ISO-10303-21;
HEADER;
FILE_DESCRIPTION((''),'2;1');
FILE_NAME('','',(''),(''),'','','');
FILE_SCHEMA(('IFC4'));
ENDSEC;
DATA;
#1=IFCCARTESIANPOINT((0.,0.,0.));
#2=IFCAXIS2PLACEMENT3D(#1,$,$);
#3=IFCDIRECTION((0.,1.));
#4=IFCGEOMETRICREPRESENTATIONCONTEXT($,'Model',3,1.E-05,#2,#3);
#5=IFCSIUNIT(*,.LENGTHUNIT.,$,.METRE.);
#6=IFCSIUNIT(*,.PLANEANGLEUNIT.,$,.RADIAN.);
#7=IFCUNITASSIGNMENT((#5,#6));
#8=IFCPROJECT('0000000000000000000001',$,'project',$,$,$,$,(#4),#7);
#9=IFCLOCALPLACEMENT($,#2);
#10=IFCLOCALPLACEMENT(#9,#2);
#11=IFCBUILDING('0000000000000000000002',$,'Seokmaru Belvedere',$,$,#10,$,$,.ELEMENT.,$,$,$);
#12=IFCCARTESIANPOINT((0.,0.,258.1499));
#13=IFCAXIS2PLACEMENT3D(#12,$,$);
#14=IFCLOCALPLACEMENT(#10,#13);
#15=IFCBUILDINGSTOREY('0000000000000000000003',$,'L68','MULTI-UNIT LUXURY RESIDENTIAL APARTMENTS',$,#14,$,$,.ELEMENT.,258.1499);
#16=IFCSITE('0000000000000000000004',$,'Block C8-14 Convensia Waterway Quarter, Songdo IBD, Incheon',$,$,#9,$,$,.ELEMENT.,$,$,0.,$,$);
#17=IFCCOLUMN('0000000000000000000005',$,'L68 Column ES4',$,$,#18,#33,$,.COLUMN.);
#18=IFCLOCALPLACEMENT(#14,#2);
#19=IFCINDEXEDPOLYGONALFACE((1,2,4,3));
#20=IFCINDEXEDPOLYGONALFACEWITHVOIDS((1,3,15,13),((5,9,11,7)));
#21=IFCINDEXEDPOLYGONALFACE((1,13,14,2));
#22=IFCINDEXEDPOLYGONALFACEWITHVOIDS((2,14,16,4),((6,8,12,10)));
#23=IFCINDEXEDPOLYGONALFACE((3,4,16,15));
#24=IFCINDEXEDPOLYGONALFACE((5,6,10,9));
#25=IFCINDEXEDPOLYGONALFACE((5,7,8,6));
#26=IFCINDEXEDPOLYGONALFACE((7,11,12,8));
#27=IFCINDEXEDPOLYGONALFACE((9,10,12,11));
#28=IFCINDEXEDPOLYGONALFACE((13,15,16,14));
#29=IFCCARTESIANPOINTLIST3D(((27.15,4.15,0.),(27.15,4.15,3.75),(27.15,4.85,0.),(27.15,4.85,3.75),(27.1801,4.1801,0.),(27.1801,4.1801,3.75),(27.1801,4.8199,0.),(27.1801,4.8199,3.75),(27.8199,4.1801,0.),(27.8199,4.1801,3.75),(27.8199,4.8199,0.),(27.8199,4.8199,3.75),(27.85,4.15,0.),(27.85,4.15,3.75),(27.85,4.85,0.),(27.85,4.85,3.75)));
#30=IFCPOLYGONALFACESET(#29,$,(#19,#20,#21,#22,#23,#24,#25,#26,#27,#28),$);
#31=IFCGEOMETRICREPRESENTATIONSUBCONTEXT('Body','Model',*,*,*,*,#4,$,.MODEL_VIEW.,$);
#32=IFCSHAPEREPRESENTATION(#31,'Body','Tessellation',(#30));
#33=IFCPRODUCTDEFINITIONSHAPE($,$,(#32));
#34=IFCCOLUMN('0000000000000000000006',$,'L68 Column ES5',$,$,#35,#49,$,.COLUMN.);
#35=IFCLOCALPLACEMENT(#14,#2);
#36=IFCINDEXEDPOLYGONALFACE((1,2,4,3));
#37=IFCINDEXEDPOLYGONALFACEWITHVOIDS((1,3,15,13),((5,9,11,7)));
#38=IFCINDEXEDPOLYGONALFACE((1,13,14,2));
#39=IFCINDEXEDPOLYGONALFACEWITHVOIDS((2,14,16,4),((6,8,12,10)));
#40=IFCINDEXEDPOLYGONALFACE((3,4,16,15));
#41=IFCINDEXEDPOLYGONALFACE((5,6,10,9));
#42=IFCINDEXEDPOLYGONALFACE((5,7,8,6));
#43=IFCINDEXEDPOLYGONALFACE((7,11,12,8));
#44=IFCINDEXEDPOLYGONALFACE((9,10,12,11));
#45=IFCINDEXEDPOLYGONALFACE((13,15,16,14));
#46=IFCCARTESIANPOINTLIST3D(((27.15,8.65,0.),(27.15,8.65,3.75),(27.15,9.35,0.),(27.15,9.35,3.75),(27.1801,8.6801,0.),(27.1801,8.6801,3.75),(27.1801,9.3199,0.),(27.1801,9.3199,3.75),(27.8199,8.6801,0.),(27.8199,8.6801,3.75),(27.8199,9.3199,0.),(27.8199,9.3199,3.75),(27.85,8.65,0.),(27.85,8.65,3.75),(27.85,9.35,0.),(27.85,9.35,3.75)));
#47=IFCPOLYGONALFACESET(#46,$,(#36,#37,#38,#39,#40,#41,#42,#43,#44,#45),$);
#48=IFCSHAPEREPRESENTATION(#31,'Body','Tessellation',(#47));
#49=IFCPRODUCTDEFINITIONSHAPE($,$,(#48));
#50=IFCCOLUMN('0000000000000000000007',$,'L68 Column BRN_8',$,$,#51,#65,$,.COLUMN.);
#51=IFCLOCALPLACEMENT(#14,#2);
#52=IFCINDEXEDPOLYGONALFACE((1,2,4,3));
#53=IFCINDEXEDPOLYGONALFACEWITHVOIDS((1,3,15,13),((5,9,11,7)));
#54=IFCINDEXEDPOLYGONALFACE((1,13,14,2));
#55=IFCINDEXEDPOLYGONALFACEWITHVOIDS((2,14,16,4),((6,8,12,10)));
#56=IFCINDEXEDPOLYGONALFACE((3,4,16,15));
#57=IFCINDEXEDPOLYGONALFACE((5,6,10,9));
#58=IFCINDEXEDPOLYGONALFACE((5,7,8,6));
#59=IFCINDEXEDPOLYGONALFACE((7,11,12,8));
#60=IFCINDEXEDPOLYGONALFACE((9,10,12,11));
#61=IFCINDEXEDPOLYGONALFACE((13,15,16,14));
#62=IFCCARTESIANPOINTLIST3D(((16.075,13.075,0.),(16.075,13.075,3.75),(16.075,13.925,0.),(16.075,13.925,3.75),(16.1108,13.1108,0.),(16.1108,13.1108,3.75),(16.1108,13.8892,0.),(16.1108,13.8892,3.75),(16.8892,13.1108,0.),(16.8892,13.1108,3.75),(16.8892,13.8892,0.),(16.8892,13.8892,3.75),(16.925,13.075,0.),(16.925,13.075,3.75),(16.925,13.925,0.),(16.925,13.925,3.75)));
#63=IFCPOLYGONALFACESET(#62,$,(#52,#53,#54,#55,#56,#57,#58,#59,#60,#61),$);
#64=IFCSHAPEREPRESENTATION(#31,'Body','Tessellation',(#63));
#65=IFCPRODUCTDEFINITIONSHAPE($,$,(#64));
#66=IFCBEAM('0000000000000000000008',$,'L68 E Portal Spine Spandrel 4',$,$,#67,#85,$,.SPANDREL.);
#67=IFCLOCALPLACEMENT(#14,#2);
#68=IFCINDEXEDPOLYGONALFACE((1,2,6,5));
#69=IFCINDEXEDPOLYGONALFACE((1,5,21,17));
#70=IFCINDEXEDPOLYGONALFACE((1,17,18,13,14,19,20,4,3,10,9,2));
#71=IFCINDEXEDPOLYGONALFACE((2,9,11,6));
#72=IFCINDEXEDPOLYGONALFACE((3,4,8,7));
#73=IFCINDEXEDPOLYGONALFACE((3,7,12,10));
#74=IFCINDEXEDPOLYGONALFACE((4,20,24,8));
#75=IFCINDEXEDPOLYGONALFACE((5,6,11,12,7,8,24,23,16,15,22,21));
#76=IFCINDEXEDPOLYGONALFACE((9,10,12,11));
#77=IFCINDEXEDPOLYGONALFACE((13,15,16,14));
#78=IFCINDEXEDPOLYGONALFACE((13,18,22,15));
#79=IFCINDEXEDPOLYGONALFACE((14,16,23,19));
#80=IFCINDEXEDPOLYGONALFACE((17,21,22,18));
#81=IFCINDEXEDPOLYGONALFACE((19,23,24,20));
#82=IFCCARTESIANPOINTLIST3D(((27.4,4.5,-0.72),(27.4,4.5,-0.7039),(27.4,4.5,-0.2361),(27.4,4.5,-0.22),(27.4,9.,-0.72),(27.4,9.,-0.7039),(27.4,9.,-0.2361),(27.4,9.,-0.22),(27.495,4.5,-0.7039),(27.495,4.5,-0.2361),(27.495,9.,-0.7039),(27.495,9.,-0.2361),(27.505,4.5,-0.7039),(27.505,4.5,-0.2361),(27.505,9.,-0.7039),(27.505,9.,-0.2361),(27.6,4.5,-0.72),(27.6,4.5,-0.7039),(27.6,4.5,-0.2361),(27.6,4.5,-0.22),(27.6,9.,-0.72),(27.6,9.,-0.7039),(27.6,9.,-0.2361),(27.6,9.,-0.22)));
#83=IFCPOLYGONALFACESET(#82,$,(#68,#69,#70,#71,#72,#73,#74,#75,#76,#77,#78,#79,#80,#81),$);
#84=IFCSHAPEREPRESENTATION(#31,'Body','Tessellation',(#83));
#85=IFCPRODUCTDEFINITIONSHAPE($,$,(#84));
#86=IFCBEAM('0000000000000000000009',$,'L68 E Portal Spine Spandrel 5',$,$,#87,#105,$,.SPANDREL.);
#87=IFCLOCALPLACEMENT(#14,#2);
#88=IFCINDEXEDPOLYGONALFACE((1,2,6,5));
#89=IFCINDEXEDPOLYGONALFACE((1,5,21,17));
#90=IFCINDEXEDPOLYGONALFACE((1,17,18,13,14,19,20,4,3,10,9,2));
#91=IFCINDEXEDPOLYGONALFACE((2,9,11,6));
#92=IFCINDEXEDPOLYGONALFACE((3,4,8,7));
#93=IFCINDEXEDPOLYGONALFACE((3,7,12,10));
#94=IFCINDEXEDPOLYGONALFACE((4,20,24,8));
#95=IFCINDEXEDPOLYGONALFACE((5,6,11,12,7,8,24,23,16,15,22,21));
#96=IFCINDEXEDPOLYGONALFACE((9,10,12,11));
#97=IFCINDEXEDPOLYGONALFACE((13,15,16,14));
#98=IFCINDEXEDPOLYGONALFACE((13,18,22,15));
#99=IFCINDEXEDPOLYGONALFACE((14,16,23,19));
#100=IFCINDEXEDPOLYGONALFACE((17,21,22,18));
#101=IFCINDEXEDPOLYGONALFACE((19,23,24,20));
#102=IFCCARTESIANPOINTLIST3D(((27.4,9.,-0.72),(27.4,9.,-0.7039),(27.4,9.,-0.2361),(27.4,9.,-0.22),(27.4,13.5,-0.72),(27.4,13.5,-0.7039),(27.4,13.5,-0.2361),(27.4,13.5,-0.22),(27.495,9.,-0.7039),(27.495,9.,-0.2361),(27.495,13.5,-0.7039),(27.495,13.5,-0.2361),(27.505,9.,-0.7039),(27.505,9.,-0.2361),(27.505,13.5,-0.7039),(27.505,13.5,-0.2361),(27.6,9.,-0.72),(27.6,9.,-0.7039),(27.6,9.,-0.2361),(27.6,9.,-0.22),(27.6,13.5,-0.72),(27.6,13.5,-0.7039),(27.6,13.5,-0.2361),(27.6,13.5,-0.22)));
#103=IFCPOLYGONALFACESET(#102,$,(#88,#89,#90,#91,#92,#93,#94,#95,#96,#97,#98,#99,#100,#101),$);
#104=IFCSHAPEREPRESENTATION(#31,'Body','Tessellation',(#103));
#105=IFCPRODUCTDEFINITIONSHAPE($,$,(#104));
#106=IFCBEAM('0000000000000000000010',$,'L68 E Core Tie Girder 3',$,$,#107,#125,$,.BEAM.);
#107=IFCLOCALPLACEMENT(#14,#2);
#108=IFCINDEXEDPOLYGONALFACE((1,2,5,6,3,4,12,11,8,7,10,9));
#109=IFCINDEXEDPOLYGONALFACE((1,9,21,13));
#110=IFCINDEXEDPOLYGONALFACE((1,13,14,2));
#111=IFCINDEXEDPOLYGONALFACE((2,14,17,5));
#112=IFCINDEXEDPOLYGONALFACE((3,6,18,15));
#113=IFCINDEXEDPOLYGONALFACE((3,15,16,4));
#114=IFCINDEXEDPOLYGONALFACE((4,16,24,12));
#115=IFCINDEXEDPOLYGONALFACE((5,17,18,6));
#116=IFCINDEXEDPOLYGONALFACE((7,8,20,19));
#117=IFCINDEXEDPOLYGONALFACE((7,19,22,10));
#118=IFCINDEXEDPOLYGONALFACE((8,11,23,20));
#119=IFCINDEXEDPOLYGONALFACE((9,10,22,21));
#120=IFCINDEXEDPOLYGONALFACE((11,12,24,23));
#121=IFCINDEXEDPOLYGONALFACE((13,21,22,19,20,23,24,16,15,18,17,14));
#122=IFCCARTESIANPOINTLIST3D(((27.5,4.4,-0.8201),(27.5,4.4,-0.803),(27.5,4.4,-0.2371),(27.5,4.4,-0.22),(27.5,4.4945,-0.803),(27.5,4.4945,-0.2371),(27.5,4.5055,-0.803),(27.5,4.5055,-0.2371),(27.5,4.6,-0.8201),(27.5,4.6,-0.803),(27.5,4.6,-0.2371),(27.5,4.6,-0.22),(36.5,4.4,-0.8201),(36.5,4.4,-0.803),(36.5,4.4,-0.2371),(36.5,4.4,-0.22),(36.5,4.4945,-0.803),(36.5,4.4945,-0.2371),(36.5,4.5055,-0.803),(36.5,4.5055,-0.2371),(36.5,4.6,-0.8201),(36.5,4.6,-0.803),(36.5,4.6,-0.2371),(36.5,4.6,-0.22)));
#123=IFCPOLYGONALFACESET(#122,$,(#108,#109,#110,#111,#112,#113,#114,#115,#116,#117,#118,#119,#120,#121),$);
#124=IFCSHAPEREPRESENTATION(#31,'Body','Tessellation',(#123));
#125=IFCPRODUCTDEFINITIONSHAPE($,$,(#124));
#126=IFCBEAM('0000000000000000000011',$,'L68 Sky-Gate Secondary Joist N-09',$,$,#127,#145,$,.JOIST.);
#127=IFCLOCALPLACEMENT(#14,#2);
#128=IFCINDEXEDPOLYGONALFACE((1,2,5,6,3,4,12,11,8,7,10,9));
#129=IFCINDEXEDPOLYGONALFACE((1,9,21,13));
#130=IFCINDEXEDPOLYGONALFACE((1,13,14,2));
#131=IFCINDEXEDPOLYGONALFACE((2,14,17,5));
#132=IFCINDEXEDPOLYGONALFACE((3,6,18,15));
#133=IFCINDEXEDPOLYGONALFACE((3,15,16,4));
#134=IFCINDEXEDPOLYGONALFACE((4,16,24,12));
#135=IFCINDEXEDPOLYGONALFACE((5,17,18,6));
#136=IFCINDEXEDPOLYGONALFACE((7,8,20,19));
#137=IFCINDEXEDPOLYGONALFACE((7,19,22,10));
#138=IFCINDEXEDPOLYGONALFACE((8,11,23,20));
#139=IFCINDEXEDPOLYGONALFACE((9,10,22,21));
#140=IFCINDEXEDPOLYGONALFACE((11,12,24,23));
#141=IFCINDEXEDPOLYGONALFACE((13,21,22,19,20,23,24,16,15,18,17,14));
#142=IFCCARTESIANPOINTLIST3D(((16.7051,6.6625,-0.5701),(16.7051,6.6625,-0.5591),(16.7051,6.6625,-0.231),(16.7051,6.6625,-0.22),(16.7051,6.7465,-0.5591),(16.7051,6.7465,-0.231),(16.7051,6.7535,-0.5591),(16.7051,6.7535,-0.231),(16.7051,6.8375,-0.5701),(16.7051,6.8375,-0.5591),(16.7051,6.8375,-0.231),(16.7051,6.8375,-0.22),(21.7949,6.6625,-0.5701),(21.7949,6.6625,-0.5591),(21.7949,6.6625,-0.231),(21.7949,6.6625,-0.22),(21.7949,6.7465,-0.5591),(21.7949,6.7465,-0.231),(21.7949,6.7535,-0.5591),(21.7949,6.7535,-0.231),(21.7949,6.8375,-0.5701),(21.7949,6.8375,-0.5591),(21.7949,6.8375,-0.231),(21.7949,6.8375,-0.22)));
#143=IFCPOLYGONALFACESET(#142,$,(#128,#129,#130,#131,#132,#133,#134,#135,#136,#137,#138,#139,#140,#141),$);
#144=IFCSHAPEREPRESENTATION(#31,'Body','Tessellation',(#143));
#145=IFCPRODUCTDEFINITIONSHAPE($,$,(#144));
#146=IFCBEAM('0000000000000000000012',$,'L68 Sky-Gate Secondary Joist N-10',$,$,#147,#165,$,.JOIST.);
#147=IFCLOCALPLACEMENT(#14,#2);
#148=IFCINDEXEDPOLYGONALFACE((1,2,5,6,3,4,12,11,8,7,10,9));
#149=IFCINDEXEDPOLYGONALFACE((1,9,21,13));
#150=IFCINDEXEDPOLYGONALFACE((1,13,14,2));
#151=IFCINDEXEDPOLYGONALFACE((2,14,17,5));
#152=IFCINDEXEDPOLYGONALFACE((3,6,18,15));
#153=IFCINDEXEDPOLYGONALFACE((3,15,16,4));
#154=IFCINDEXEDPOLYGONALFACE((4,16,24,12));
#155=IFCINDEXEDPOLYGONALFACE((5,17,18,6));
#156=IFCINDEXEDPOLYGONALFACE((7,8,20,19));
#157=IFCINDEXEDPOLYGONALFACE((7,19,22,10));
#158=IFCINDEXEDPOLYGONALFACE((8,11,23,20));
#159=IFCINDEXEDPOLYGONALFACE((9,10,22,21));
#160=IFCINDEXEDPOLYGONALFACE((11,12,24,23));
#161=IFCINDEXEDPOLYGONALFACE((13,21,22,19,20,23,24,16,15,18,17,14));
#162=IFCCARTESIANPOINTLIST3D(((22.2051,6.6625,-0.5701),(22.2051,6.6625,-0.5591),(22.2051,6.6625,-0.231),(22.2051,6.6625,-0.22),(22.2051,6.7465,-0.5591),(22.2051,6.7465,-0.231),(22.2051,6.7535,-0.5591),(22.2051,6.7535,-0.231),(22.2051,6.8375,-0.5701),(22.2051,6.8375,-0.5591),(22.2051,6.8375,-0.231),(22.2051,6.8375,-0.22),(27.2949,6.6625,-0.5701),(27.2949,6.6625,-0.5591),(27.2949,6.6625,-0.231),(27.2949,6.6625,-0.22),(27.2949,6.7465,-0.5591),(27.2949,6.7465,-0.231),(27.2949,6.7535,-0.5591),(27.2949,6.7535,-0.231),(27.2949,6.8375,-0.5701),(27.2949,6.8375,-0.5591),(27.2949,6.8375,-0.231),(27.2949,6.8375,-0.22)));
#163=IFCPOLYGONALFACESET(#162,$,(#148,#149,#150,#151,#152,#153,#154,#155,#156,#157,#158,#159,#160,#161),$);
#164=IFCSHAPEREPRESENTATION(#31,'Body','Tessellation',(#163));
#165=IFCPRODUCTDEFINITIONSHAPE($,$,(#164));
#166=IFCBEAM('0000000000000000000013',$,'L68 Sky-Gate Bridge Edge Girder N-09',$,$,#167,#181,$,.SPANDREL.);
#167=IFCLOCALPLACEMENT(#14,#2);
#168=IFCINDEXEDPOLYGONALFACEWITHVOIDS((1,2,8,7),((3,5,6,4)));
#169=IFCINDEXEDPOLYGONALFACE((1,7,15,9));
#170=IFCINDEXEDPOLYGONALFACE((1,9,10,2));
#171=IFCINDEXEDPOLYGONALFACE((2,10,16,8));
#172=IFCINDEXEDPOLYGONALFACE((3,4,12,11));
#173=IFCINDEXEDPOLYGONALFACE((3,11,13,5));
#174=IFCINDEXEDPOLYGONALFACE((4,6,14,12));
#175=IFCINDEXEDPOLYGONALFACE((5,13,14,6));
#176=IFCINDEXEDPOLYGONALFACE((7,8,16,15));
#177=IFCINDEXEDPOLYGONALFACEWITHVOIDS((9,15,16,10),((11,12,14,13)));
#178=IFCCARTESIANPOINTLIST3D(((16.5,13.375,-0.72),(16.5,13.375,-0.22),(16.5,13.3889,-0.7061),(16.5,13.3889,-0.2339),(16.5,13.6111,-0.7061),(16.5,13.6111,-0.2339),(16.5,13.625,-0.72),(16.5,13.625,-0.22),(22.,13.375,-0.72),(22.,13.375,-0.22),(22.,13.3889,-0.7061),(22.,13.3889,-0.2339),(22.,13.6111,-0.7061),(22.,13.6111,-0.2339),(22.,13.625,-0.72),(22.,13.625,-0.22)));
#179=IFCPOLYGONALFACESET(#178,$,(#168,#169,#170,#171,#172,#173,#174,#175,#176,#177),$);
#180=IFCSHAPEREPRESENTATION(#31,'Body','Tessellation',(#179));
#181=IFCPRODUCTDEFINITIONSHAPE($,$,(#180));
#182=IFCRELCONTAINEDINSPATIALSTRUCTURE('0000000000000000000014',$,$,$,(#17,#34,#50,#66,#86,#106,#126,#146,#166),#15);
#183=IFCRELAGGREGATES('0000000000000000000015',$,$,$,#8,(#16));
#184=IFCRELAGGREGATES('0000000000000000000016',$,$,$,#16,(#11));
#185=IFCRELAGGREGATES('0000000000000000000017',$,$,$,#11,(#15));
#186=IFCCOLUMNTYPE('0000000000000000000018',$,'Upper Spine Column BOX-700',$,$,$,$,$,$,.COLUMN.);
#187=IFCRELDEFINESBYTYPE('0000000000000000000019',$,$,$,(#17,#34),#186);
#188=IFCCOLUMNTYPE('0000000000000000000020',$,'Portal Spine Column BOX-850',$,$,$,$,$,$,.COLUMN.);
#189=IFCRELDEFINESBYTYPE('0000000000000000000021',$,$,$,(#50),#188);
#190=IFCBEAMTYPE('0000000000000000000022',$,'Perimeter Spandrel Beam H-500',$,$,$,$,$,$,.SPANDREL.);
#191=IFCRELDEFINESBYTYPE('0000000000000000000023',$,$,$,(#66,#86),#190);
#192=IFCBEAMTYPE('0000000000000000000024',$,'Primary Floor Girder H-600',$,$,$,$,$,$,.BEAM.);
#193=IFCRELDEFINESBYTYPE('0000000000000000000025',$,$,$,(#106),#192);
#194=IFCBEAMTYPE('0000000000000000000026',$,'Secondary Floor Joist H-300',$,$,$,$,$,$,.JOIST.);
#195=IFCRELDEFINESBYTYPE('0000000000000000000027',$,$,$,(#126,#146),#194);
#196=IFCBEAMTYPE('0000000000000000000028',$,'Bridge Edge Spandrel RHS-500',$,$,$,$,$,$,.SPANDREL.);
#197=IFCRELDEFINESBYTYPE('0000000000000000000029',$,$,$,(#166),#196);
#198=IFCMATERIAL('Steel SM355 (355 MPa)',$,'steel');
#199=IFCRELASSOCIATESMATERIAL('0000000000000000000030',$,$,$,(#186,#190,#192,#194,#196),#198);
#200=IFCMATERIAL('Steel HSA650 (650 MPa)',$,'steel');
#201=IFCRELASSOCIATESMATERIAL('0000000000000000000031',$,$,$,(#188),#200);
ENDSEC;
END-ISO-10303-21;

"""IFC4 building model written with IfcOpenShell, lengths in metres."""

from ifc_helpers import new_model, si_unit, direction, frame, origin, origin_2d, place, context, subcontext, project, spatial, hollow_rectangle, i_section, extrude, source, transform, mapped, material, material_profile, profile_set, type_object, type_shapes, element, save


model = new_model("IFC4")

# Units and contexts
model_context = context("Model", 3, precision=1e-05, world=origin(), true_north=direction((0.0, 1.0)))
body_context = subcontext(model_context, "Body", "Model", "MODEL_VIEW")
ifc_project = project(units=[si_unit("LENGTHUNIT", "METRE"), si_unit("PLANEANGLEUNIT", "RADIAN")], contexts=[model_context])

# Site, building, storey
site_placement = place(None, origin())
site = spatial("IfcSite", under=ifc_project, at=site_placement, Name="Block C8-14 Convensia Waterway Quarter, Songdo IBD, Incheon", CompositionType="ELEMENT", RefElevation=0.0)
building_placement = place(site_placement, origin())
building = spatial("IfcBuilding", under=site, at=building_placement, Name="Seokmaru Belvedere", CompositionType="ELEMENT")
storey_placement = place(building_placement, frame((0.0, 0.0, 258.1499)))
storey = spatial("IfcBuildingStorey", under=building, at=storey_placement, Name="L68", Description="MULTI-UNIT LUXURY RESIDENTIAL APARTMENTS", CompositionType="ELEMENT", Elevation=258.1499)

# Columns
ifc_material_1 = material(Name="Steel SM355 (355 MPa)", Category="steel")
ifc_material_profile_1 = material_profile(ifc_material_1, hollow_rectangle(XDim=0.7, YDim=0.7, WallThickness=0.03, at=origin_2d()), Name="BOX-700x700x30")
ifc_profile_set_1 = profile_set([ifc_material_profile_1], Name="Steel SM355 (355 MPa)")
column_type_1 = type_object("IfcColumnType", Name="Upper Spine Column BOX-700", PredefinedType="COLUMN", material=ifc_profile_set_1)
shared_shape_1 = source(origin(), body_context, "Body", "SweptSolid", [
    extrude(hollow_rectangle(XDim=0.7, YDim=0.7, WallThickness=0.03, at=origin_2d()), origin(), (0.0, 0.0, 1.0), 3.75),
])
type_shapes(column_type_1, [shared_shape_1])
for number, where, z_axis, x_axis, name in (
    (1, (27.5, 4.5, 0.0), (0.0, 0.0, 1.0), (1.0, 0.0, 0.0), "L68 Column ES4"),
    (2, (27.5, 9.0, 0.0), (0.0, 0.0, 1.0), (1.0, 0.0, 0.0), "L68 Column ES5"),
):
    element("IfcColumn", number, at=place(storey_placement, frame(where, z_axis=z_axis, x_axis=x_axis)), inside=storey, type_object=column_type_1, Name=name, PredefinedType="COLUMN", context=body_context, shape_type="MappedRepresentation", body=[
        mapped(shared_shape_1, transform((0.0, 0.0, 0.0), scale=1.0)),
    ])
ifc_material_2 = material(Name="Steel HSA650 (650 MPa)", Category="steel")
ifc_material_profile_2 = material_profile(ifc_material_2, hollow_rectangle(XDim=0.8501, YDim=0.8501, WallThickness=0.0359, at=origin_2d()), Name="BOX-850x850x36")
ifc_profile_set_2 = profile_set([ifc_material_profile_2], Name="Steel HSA650 (650 MPa)")
column_type_2 = type_object("IfcColumnType", Name="Portal Spine Column BOX-850", PredefinedType="COLUMN", material=ifc_profile_set_2)
shared_shape_2 = source(origin(), body_context, "Body", "SweptSolid", [
    extrude(hollow_rectangle(XDim=0.8501, YDim=0.8501, WallThickness=0.0359, at=origin_2d()), origin(), (0.0, 0.0, 1.0), 3.75),
])
type_shapes(column_type_2, [shared_shape_2])
column_placement = place(storey_placement, frame((16.5, 13.5, 0.0), z_axis=(0.0, 0.0, 1.0), x_axis=(1.0, 0.0, 0.0)))
element("IfcColumn", 3, at=column_placement, inside=storey, type_object=column_type_2, Name="L68 Column BRN_8", PredefinedType="COLUMN", context=body_context, shape_type="MappedRepresentation", body=[
    mapped(shared_shape_2, transform((0.0, 0.0, 0.0), scale=1.0)),
])

# Beams
ifc_material_profile_3 = material_profile(ifc_material_1, i_section(OverallWidth=0.2, OverallDepth=0.5, WebThickness=0.01, FlangeThickness=0.0161, at=origin_2d()), Name="H-500x200x10x16")
ifc_profile_set_3 = profile_set([ifc_material_profile_3], Name="Steel SM355 (355 MPa)")
beam_type_1 = type_object("IfcBeamType", Name="Perimeter Spandrel Beam H-500", PredefinedType="SPANDREL", material=ifc_profile_set_3)
shared_shape_3 = source(origin(), body_context, "Body", "SweptSolid", [
    extrude(i_section(OverallWidth=0.2, OverallDepth=0.5, WebThickness=0.01, FlangeThickness=0.0161, at=origin_2d()), origin(), (0.0, 0.0, 1.0), 4.5),
])
type_shapes(beam_type_1, [shared_shape_3])
for number, where, z_axis, x_axis, name in (
    (4, (27.5, 4.5, -0.47), (0.0, 1.0, 0.0), (-1.0, 0.0, 0.0), "L68 E Portal Spine Spandrel 4"),
    (5, (27.5, 9.0, -0.47), (0.0, 1.0, 0.0), (-1.0, 0.0, 0.0), "L68 E Portal Spine Spandrel 5"),
):
    element("IfcBeam", number, at=place(storey_placement, frame(where, z_axis=z_axis, x_axis=x_axis)), inside=storey, type_object=beam_type_1, Name=name, PredefinedType="SPANDREL", context=body_context, shape_type="MappedRepresentation", body=[
        mapped(shared_shape_3, transform((0.0, 0.0, 0.0), scale=1.0)),
    ])
ifc_material_profile_4 = material_profile(ifc_material_1, i_section(OverallWidth=0.2, OverallDepth=0.6001, WebThickness=0.011, FlangeThickness=0.0171, at=origin_2d()), Name="H-600x200x11x17")
ifc_profile_set_4 = profile_set([ifc_material_profile_4], Name="Steel SM355 (355 MPa)")
beam_type_2 = type_object("IfcBeamType", Name="Primary Floor Girder H-600", PredefinedType="BEAM", material=ifc_profile_set_4)
shared_shape_4 = source(origin(), body_context, "Body", "SweptSolid", [
    extrude(i_section(OverallWidth=0.2, OverallDepth=0.6001, WebThickness=0.011, FlangeThickness=0.0171, at=origin_2d()), origin(), (0.0, 0.0, 1.0), 9.0),
])
type_shapes(beam_type_2, [shared_shape_4])
beam_1_placement = place(storey_placement, frame((27.5, 4.5, -0.52), z_axis=(1.0, 0.0, 0.0), x_axis=(0.0, 1.0, 0.0)))
element("IfcBeam", 6, at=beam_1_placement, inside=storey, type_object=beam_type_2, Name="L68 E Core Tie Girder 3", PredefinedType="BEAM", context=body_context, shape_type="MappedRepresentation", body=[
    mapped(shared_shape_4, transform((0.0, 0.0, 0.0), scale=1.0)),
])
ifc_material_profile_5 = material_profile(ifc_material_1, i_section(OverallWidth=0.175, OverallDepth=0.3501, WebThickness=0.0071, FlangeThickness=0.011, at=origin_2d()), Name="H-350x175x7x11")
ifc_profile_set_5 = profile_set([ifc_material_profile_5], Name="Steel SM355 (355 MPa)")
beam_type_3 = type_object("IfcBeamType", Name="Secondary Floor Joist H-300", PredefinedType="JOIST", material=ifc_profile_set_5)
shared_shape_5 = source(origin(), body_context, "Body", "SweptSolid", [
    extrude(i_section(OverallWidth=0.175, OverallDepth=0.3501, WebThickness=0.0071, FlangeThickness=0.011, at=origin_2d()), origin(), (0.0, 0.0, 1.0), 5.0898),
])
type_shapes(beam_type_3, [shared_shape_5])
for number, where, z_axis, x_axis, name in (
    (7, (16.7051, 6.75, -0.395), (1.0, 0.0, 0.0), (0.0, 1.0, 0.0), "L68 Sky-Gate Secondary Joist N-09"),
    (8, (22.2051, 6.75, -0.395), (1.0, 0.0, 0.0), (0.0, 1.0, 0.0), "L68 Sky-Gate Secondary Joist N-10"),
):
    element("IfcBeam", number, at=place(storey_placement, frame(where, z_axis=z_axis, x_axis=x_axis)), inside=storey, type_object=beam_type_3, Name=name, PredefinedType="JOIST", context=body_context, shape_type="MappedRepresentation", body=[
        mapped(shared_shape_5, transform((0.0, 0.0, 0.0), scale=1.0)),
    ])
ifc_material_profile_6 = material_profile(ifc_material_1, hollow_rectangle(XDim=0.25, YDim=0.5, WallThickness=0.0139, at=origin_2d()), Name="RHS-500x250x14")
ifc_profile_set_6 = profile_set([ifc_material_profile_6], Name="Steel SM355 (355 MPa)")
beam_type_4 = type_object("IfcBeamType", Name="Bridge Edge Spandrel RHS-500", PredefinedType="SPANDREL", material=ifc_profile_set_6)
shared_shape_6 = source(origin(), body_context, "Body", "SweptSolid", [
    extrude(hollow_rectangle(XDim=0.25, YDim=0.5, WallThickness=0.0139, at=origin_2d()), origin(), (0.0, 0.0, 1.0), 5.5),
])
type_shapes(beam_type_4, [shared_shape_6])
beam_2_placement = place(storey_placement, frame((16.5, 13.5, -0.47), z_axis=(1.0, 0.0, 0.0), x_axis=(0.0, 1.0, 0.0)))
element("IfcBeam", 9, at=beam_2_placement, inside=storey, type_object=beam_type_4, Name="L68 Sky-Gate Bridge Edge Girder N-09", PredefinedType="SPANDREL", context=body_context, shape_type="MappedRepresentation", body=[
    mapped(shared_shape_6, transform((0.0, 0.0, 0.0), scale=1.0)),
])

save(model, "model.ifc")
